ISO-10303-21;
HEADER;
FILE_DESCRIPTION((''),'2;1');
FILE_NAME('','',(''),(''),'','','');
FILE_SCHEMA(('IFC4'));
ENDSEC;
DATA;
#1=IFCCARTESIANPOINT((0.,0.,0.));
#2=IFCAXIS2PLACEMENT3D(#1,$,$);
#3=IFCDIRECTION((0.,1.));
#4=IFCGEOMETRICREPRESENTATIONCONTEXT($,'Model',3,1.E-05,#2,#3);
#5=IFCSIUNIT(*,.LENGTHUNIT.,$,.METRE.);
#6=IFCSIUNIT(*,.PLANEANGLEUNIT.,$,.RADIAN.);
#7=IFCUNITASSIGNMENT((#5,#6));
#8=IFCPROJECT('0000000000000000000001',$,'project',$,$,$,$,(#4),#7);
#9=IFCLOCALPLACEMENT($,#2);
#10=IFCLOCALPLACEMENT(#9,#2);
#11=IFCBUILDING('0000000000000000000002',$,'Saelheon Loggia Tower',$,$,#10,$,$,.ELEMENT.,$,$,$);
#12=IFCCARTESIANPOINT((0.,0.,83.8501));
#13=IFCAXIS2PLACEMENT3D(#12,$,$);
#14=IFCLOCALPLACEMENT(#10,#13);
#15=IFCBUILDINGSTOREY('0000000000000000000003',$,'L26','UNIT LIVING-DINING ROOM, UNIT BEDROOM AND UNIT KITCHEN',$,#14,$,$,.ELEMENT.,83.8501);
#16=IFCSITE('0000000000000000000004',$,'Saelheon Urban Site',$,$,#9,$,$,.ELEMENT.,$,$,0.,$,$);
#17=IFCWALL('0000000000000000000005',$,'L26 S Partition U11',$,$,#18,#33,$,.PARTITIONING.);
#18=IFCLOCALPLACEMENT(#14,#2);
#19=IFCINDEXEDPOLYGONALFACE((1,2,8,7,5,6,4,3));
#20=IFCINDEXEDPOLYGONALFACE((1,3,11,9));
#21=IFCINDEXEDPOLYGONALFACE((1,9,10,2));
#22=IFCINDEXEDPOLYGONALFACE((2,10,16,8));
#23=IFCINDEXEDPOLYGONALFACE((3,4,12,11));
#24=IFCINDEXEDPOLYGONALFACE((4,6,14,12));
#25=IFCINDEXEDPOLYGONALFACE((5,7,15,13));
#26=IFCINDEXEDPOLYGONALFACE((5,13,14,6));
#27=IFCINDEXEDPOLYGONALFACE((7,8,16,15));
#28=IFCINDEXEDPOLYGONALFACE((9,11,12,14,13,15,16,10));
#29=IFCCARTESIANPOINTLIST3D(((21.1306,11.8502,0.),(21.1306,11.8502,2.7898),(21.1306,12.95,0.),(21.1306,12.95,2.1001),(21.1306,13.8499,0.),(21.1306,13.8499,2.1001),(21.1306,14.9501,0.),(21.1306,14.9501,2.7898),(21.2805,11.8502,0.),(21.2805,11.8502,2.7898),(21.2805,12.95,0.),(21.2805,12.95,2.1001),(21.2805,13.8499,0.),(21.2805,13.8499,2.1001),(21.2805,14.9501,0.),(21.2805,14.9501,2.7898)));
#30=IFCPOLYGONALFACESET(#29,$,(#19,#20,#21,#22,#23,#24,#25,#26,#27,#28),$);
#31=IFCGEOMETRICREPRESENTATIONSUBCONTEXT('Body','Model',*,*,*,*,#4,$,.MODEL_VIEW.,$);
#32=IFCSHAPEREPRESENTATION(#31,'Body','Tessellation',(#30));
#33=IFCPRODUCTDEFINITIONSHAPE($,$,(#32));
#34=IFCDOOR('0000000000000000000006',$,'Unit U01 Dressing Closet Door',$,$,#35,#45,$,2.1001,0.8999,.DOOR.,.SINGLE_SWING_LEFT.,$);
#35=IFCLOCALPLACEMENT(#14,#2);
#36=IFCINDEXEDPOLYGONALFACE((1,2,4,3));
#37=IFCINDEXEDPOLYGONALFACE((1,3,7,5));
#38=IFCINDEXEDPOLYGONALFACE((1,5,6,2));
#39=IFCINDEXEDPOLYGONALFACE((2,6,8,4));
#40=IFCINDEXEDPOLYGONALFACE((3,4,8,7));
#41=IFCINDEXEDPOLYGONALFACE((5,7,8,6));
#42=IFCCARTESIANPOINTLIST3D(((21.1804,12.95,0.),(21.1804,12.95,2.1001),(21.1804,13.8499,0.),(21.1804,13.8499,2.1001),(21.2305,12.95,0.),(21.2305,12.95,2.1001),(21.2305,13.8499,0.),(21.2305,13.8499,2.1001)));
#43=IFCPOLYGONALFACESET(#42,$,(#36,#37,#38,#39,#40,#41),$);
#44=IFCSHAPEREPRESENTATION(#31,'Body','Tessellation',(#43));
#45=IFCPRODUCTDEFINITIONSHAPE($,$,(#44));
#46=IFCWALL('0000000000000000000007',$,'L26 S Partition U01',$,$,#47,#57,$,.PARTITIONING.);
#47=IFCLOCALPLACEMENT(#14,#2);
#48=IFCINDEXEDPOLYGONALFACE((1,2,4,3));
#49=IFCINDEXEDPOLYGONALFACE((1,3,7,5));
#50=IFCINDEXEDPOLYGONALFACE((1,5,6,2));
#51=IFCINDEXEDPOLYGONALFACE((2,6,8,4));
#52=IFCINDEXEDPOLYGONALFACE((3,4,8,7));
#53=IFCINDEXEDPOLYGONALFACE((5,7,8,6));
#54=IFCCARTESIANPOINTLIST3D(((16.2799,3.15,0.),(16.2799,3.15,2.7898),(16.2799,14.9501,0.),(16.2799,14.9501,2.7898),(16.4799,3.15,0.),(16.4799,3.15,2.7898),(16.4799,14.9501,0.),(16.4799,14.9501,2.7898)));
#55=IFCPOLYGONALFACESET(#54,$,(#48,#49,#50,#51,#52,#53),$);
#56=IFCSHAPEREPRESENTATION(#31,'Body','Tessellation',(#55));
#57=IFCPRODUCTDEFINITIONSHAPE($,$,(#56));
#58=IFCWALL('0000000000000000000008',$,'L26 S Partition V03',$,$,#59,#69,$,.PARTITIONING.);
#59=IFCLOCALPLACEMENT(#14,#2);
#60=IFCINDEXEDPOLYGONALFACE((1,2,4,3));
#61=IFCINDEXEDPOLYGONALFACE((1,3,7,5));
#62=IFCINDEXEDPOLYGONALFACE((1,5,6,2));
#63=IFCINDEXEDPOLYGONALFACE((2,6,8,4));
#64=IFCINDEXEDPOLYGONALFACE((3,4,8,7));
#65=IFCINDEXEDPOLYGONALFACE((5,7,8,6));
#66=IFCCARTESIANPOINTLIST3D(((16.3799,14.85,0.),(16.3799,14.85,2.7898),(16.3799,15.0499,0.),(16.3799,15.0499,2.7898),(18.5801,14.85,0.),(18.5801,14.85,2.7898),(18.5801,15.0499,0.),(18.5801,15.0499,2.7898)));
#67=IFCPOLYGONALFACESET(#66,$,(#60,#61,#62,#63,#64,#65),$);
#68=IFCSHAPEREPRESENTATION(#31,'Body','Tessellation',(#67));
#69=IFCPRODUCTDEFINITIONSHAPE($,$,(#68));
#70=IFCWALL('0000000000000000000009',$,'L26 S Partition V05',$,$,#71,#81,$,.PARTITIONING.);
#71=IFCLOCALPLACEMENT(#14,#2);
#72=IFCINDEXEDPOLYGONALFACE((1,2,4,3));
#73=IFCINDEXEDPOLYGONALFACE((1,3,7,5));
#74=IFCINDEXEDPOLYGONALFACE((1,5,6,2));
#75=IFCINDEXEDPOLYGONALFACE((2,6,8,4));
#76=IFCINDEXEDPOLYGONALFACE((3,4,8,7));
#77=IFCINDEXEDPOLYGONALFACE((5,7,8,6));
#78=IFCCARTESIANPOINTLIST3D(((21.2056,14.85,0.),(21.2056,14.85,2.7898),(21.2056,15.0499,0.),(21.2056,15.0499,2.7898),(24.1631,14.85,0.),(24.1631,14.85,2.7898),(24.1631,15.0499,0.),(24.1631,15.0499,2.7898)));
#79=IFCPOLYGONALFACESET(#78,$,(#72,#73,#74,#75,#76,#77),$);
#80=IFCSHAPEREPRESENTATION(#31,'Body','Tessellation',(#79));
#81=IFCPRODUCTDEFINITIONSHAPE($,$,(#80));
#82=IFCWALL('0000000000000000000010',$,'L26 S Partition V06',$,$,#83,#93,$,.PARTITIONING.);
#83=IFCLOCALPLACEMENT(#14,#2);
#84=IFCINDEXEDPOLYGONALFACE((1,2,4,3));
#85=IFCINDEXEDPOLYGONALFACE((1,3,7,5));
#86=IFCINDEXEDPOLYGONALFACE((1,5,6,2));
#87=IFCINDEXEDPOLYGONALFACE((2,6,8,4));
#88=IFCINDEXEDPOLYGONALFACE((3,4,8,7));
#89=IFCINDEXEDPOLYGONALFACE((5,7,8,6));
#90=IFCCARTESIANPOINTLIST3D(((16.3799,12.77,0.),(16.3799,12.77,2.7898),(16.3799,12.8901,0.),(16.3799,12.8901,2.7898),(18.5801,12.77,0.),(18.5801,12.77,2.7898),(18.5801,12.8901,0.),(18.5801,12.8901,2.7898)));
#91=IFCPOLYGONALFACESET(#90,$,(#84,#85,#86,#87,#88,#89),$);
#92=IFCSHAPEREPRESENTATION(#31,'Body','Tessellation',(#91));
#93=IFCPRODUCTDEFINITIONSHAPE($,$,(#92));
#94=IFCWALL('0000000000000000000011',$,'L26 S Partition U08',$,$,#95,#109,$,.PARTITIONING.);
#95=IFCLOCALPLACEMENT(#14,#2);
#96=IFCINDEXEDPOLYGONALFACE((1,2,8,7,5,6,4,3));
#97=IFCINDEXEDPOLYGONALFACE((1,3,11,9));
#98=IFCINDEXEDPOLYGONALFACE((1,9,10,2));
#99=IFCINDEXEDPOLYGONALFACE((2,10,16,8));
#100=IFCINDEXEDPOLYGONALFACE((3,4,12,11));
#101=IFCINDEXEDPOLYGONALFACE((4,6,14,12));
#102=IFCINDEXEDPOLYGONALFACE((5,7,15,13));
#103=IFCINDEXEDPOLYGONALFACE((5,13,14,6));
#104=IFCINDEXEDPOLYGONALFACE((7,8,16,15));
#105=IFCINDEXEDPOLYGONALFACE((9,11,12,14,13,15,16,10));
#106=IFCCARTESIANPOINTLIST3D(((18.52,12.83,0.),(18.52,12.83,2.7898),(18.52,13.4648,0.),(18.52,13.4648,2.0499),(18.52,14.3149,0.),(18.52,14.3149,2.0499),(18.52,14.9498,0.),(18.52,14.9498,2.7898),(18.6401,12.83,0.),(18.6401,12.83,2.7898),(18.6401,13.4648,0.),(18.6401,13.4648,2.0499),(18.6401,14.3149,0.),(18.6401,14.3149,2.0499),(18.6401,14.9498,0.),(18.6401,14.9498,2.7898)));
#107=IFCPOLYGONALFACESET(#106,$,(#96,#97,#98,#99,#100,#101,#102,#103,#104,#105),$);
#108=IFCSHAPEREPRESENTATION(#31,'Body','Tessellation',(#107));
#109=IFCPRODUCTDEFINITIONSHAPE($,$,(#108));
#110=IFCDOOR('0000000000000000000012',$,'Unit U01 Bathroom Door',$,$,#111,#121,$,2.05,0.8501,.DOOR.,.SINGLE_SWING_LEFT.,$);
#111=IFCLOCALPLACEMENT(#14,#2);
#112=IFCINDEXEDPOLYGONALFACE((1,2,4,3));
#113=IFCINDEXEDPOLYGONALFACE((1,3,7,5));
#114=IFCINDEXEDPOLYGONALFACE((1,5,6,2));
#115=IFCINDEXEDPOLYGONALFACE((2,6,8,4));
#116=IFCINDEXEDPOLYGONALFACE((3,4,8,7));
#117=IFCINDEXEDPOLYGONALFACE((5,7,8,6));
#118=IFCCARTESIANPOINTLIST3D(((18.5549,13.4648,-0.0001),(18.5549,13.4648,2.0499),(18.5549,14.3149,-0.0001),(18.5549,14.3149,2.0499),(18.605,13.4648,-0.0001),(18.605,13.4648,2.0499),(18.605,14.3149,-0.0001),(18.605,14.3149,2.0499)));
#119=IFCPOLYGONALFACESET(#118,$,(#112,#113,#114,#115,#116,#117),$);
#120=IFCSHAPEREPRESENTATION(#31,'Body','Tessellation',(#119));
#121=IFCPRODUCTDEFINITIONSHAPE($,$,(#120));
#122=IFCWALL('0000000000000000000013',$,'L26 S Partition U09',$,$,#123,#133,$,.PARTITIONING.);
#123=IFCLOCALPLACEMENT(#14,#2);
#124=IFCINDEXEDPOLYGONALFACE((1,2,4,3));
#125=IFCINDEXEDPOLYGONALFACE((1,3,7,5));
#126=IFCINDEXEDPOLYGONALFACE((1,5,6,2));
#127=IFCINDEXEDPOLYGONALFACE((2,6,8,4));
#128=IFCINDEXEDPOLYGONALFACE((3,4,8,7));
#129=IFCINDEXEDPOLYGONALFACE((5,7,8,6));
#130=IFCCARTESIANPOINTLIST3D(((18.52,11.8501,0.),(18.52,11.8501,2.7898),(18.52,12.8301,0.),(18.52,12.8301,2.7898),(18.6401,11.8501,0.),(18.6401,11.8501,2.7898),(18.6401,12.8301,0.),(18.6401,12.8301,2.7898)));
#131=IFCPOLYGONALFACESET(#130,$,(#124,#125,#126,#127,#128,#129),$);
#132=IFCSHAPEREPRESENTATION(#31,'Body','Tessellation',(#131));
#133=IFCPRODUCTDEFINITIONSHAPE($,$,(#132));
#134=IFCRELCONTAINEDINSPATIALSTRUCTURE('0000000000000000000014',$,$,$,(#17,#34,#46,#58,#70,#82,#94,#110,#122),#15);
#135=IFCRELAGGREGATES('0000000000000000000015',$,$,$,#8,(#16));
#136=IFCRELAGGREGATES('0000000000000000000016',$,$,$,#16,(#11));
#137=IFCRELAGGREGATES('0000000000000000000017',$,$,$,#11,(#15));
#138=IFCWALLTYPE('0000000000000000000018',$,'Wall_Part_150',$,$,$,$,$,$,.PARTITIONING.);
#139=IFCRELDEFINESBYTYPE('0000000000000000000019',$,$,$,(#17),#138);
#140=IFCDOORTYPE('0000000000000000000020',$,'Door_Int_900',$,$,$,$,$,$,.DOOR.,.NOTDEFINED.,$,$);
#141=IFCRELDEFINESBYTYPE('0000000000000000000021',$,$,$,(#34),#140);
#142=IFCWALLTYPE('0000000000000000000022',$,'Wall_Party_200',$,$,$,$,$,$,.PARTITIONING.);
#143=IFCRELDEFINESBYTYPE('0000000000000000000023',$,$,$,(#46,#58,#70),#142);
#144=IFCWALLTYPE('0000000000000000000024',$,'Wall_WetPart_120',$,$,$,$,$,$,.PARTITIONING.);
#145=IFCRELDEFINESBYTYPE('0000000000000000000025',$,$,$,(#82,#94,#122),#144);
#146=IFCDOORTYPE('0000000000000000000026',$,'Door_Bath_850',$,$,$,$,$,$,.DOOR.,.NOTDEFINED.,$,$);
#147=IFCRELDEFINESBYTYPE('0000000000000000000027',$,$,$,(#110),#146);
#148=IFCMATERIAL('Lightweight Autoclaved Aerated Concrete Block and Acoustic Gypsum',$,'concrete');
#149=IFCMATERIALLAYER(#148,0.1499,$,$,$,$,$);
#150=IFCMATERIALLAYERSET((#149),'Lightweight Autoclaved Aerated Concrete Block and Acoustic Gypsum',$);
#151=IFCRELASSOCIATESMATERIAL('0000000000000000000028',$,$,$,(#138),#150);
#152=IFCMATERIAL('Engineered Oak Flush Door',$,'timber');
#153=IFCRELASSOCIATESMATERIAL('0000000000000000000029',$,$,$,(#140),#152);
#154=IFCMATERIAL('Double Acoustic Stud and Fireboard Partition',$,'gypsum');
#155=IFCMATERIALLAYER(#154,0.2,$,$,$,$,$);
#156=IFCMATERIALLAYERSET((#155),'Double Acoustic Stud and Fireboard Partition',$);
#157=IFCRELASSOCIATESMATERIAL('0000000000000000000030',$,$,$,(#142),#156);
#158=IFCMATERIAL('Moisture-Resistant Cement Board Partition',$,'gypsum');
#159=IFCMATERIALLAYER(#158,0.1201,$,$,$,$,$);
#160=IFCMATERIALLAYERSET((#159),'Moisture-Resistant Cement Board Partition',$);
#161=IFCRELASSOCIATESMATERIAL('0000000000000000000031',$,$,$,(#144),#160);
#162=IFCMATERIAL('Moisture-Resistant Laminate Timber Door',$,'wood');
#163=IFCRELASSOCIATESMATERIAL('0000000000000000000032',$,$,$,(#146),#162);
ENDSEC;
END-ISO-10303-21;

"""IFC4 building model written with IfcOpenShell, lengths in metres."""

from ifc_helpers import new_model, si_unit, direction, frame, frame_2d, origin, place, context, subcontext, project, spatial, rectangle, extrude, source, transform, mapped, material, layer, layer_set, type_object, element, fill, save


model = new_model("IFC4")

# Units and contexts
model_context = context("Model", 3, precision=1e-05, world=origin(), true_north=direction((0.0, 1.0)))
body_context = subcontext(model_context, "Body", "Model", "MODEL_VIEW")
ifc_project = project(units=[si_unit("LENGTHUNIT", "METRE"), si_unit("PLANEANGLEUNIT", "RADIAN")], contexts=[model_context])

# Site, building, storey
site_placement = place(None, origin())
site = spatial("IfcSite", under=ifc_project, at=site_placement, Name="Saelheon Urban Site", CompositionType="ELEMENT", RefElevation=0.0)
building_placement = place(site_placement, origin())
building = spatial("IfcBuilding", under=site, at=building_placement, Name="Saelheon Loggia Tower", CompositionType="ELEMENT")
storey_placement = place(building_placement, frame((0.0, 0.0, 83.8501)))
storey = spatial("IfcBuildingStorey", under=building, at=storey_placement, Name="L26", Description="UNIT LIVING-DINING ROOM, UNIT BEDROOM AND UNIT KITCHEN", CompositionType="ELEMENT", Elevation=83.8501)

# Wall, opening, door
ifc_material_1 = material(Name="Lightweight Autoclaved Aerated Concrete Block and Acoustic Gypsum", Category="concrete")
ifc_layer_1 = layer(ifc_material_1, 0.1499)
ifc_layer_set_1 = layer_set([ifc_layer_1], Name="Lightweight Autoclaved Aerated Concrete Block and Acoustic Gypsum")
wall_type_1 = type_object("IfcWallType", Name="Wall_Part_150", PredefinedType="PARTITIONING", material=ifc_layer_set_1)
wall_1_placement = place(storey_placement, frame((21.2056, 14.95, 0.0), z_axis=(0.0, 0.0, 1.0), x_axis=(0.0, -1.0, 0.0)))
wall_1 = element("IfcWall", 1, at=wall_1_placement, inside=storey, type_object=wall_type_1, Name="L26 S Partition U11", PredefinedType="PARTITIONING", context=body_context, shape_type="SweptSolid", body=[
    extrude(rectangle(XDim=3.0999, YDim=0.1499, at=frame_2d((1.5498, 0.0))), origin(), (0.0, 0.0, 1.0), 2.7898),
])
opening_1_placement = place(wall_1_placement, frame((1.1001, 0.0, 0.0)))
opening_1 = element("IfcOpeningElement", 2, at=opening_1_placement, cuts=wall_1, PredefinedType="OPENING", context=body_context, shape_type="SweptSolid", body=[
    extrude(rectangle(XDim=0.8999, YDim=2.1001, at=frame_2d((0.45, 1.05))), frame((0.0, 0.0869, 0.0), z_axis=(0.0, -1.0, 0.0), x_axis=(1.0, 0.0, 0.0)), (0.0, 0.0, 1.0), 0.1738),
])
ifc_material_2 = material(Name="Engineered Oak Flush Door", Category="timber")
door_type_1 = type_object("IfcDoorType", Name="Door_Int_900", OperationType="NOTDEFINED", PredefinedType="DOOR", material=ifc_material_2)
shared_shape_1 = source(origin(), body_context, "Body", "SweptSolid", [
    extrude(rectangle(XDim=0.8999, YDim=2.1001, at=frame_2d((0.45, 1.05))), frame((0.0, 0.0249, 0.0), z_axis=(0.0, -1.0, 0.0), x_axis=(1.0, 0.0, 0.0)), (0.0, 0.0, 1.0), 0.05),
])
door_1_placement = place(opening_1_placement, origin())
door_1 = element("IfcDoor", 3, at=door_1_placement, inside=storey, type_object=door_type_1, Name="Unit U01 Dressing Closet Door", OperationType="SINGLE_SWING_LEFT", OverallHeight=2.1001, OverallWidth=0.8999, PredefinedType="DOOR", context=body_context, shape_type="MappedRepresentation", body=[
    mapped(shared_shape_1, transform((0.0, 0.0, 0.0), scale=1.0)),
])
fill(opening_1, door_1)

# Walls
ifc_material_3 = material(Name="Double Acoustic Stud and Fireboard Partition", Category="gypsum")
ifc_layer_2 = layer(ifc_material_3, 0.2)
ifc_layer_set_2 = layer_set([ifc_layer_2], Name="Double Acoustic Stud and Fireboard Partition")
wall_type_2 = type_object("IfcWallType", Name="Wall_Party_200", PredefinedType="PARTITIONING", material=ifc_layer_set_2)
wall_2_placement = place(storey_placement, frame((16.3799, 14.95, 0.0), z_axis=(0.0, 0.0, 1.0), x_axis=(0.0, -1.0, 0.0)))
element("IfcWall", 4, at=wall_2_placement, inside=storey, type_object=wall_type_2, Name="L26 S Partition U01", PredefinedType="PARTITIONING", context=body_context, shape_type="SweptSolid", body=[
    extrude(rectangle(XDim=11.8, YDim=0.2, at=frame_2d((5.8999, 0.0))), origin(), (0.0, 0.0, 1.0), 2.7898),
])
wall_3_placement = place(storey_placement, frame((16.3799, 14.95, 0.0), z_axis=(0.0, 0.0, 1.0), x_axis=(1.0, 0.0, 0.0)))
element("IfcWall", 5, at=wall_3_placement, inside=storey, type_object=wall_type_2, Name="L26 S Partition V03", PredefinedType="PARTITIONING", context=body_context, shape_type="SweptSolid", body=[
    extrude(rectangle(XDim=2.2002, YDim=0.2, at=frame_2d((1.1001, 0.0))), origin(), (0.0, 0.0, 1.0), 2.7898),
])

# Walls
wall_4_placement = place(storey_placement, frame((21.2056, 14.95, 0.0), z_axis=(0.0, 0.0, 1.0), x_axis=(1.0, 0.0, 0.0)))
element("IfcWall", 6, at=wall_4_placement, inside=storey, type_object=wall_type_2, Name="L26 S Partition V05", PredefinedType="PARTITIONING", context=body_context, shape_type="SweptSolid", body=[
    extrude(rectangle(XDim=2.9575, YDim=0.2, at=frame_2d((1.4788, 0.0))), origin(), (0.0, 0.0, 1.0), 2.7898),
])
ifc_material_4 = material(Name="Moisture-Resistant Cement Board Partition", Category="gypsum")
ifc_layer_3 = layer(ifc_material_4, 0.1201)
ifc_layer_set_3 = layer_set([ifc_layer_3], Name="Moisture-Resistant Cement Board Partition")
wall_type_3 = type_object("IfcWallType", Name="Wall_WetPart_120", PredefinedType="PARTITIONING", material=ifc_layer_set_3)
wall_5_placement = place(storey_placement, frame((16.3799, 12.8301, 0.0), z_axis=(0.0, 0.0, 1.0), x_axis=(1.0, 0.0, 0.0)))
element("IfcWall", 7, at=wall_5_placement, inside=storey, type_object=wall_type_3, Name="L26 S Partition V06", PredefinedType="PARTITIONING", context=body_context, shape_type="SweptSolid", body=[
    extrude(rectangle(XDim=2.2002, YDim=0.1201, at=frame_2d((1.1001, 0.0))), origin(), (0.0, 0.0, 1.0), 2.7898),
])

# Wall, opening, door
wall_6_placement = place(storey_placement, frame((18.5801, 14.95, 0.0), z_axis=(0.0, 0.0, 1.0), x_axis=(0.0, -1.0, 0.0)))
wall_6 = element("IfcWall", 8, at=wall_6_placement, inside=storey, type_object=wall_type_3, Name="L26 S Partition U08", PredefinedType="PARTITIONING", context=body_context, shape_type="SweptSolid", body=[
    extrude(rectangle(XDim=2.1199, YDim=0.1201, at=frame_2d((1.0601, 0.0))), origin(), (0.0, 0.0, 1.0), 2.7898),
])
opening_2_placement = place(wall_6_placement, frame((0.635, 0.0, 0.0)))
opening_2 = element("IfcOpeningElement", 9, at=opening_2_placement, cuts=wall_6, PredefinedType="OPENING", context=body_context, shape_type="SweptSolid", body=[
    extrude(rectangle(XDim=0.8501, YDim=2.05, at=frame_2d((0.425, 1.0249))), frame((0.0, 0.072, 0.0), z_axis=(0.0, -1.0, 0.0), x_axis=(1.0, 0.0, 0.0)), (0.0, 0.0, 1.0), 0.144),
])
ifc_material_5 = material(Name="Moisture-Resistant Laminate Timber Door", Category="wood")
door_type_2 = type_object("IfcDoorType", Name="Door_Bath_850", OperationType="NOTDEFINED", PredefinedType="DOOR", material=ifc_material_5)
shared_shape_2 = source(origin(), body_context, "Body", "SweptSolid", [
    extrude(rectangle(XDim=0.8501, YDim=2.05, at=frame_2d((0.425, 1.0249))), frame((0.0, 0.0249, 0.0), z_axis=(0.0, -1.0, 0.0), x_axis=(1.0, 0.0, 0.0)), (0.0, 0.0, 1.0), 0.05),
])
door_2_placement = place(opening_2_placement, origin())
door_2 = element("IfcDoor", 10, at=door_2_placement, inside=storey, type_object=door_type_2, Name="Unit U01 Bathroom Door", OperationType="SINGLE_SWING_LEFT", OverallHeight=2.05, OverallWidth=0.8501, PredefinedType="DOOR", context=body_context, shape_type="MappedRepresentation", body=[
    mapped(shared_shape_2, transform((0.0, 0.0, 0.0), scale=1.0)),
])
fill(opening_2, door_2)

# Wall
wall_7_placement = place(storey_placement, frame((18.5801, 12.8301, 0.0), z_axis=(0.0, 0.0, 1.0), x_axis=(0.0, -1.0, 0.0)))
element("IfcWall", 11, at=wall_7_placement, inside=storey, type_object=wall_type_3, Name="L26 S Partition U09", PredefinedType="PARTITIONING", context=body_context, shape_type="SweptSolid", body=[
    extrude(rectangle(XDim=0.98, YDim=0.1201, at=frame_2d((0.49, 0.0))), origin(), (0.0, 0.0, 1.0), 2.7898),
])

save(model, "model.ifc")
